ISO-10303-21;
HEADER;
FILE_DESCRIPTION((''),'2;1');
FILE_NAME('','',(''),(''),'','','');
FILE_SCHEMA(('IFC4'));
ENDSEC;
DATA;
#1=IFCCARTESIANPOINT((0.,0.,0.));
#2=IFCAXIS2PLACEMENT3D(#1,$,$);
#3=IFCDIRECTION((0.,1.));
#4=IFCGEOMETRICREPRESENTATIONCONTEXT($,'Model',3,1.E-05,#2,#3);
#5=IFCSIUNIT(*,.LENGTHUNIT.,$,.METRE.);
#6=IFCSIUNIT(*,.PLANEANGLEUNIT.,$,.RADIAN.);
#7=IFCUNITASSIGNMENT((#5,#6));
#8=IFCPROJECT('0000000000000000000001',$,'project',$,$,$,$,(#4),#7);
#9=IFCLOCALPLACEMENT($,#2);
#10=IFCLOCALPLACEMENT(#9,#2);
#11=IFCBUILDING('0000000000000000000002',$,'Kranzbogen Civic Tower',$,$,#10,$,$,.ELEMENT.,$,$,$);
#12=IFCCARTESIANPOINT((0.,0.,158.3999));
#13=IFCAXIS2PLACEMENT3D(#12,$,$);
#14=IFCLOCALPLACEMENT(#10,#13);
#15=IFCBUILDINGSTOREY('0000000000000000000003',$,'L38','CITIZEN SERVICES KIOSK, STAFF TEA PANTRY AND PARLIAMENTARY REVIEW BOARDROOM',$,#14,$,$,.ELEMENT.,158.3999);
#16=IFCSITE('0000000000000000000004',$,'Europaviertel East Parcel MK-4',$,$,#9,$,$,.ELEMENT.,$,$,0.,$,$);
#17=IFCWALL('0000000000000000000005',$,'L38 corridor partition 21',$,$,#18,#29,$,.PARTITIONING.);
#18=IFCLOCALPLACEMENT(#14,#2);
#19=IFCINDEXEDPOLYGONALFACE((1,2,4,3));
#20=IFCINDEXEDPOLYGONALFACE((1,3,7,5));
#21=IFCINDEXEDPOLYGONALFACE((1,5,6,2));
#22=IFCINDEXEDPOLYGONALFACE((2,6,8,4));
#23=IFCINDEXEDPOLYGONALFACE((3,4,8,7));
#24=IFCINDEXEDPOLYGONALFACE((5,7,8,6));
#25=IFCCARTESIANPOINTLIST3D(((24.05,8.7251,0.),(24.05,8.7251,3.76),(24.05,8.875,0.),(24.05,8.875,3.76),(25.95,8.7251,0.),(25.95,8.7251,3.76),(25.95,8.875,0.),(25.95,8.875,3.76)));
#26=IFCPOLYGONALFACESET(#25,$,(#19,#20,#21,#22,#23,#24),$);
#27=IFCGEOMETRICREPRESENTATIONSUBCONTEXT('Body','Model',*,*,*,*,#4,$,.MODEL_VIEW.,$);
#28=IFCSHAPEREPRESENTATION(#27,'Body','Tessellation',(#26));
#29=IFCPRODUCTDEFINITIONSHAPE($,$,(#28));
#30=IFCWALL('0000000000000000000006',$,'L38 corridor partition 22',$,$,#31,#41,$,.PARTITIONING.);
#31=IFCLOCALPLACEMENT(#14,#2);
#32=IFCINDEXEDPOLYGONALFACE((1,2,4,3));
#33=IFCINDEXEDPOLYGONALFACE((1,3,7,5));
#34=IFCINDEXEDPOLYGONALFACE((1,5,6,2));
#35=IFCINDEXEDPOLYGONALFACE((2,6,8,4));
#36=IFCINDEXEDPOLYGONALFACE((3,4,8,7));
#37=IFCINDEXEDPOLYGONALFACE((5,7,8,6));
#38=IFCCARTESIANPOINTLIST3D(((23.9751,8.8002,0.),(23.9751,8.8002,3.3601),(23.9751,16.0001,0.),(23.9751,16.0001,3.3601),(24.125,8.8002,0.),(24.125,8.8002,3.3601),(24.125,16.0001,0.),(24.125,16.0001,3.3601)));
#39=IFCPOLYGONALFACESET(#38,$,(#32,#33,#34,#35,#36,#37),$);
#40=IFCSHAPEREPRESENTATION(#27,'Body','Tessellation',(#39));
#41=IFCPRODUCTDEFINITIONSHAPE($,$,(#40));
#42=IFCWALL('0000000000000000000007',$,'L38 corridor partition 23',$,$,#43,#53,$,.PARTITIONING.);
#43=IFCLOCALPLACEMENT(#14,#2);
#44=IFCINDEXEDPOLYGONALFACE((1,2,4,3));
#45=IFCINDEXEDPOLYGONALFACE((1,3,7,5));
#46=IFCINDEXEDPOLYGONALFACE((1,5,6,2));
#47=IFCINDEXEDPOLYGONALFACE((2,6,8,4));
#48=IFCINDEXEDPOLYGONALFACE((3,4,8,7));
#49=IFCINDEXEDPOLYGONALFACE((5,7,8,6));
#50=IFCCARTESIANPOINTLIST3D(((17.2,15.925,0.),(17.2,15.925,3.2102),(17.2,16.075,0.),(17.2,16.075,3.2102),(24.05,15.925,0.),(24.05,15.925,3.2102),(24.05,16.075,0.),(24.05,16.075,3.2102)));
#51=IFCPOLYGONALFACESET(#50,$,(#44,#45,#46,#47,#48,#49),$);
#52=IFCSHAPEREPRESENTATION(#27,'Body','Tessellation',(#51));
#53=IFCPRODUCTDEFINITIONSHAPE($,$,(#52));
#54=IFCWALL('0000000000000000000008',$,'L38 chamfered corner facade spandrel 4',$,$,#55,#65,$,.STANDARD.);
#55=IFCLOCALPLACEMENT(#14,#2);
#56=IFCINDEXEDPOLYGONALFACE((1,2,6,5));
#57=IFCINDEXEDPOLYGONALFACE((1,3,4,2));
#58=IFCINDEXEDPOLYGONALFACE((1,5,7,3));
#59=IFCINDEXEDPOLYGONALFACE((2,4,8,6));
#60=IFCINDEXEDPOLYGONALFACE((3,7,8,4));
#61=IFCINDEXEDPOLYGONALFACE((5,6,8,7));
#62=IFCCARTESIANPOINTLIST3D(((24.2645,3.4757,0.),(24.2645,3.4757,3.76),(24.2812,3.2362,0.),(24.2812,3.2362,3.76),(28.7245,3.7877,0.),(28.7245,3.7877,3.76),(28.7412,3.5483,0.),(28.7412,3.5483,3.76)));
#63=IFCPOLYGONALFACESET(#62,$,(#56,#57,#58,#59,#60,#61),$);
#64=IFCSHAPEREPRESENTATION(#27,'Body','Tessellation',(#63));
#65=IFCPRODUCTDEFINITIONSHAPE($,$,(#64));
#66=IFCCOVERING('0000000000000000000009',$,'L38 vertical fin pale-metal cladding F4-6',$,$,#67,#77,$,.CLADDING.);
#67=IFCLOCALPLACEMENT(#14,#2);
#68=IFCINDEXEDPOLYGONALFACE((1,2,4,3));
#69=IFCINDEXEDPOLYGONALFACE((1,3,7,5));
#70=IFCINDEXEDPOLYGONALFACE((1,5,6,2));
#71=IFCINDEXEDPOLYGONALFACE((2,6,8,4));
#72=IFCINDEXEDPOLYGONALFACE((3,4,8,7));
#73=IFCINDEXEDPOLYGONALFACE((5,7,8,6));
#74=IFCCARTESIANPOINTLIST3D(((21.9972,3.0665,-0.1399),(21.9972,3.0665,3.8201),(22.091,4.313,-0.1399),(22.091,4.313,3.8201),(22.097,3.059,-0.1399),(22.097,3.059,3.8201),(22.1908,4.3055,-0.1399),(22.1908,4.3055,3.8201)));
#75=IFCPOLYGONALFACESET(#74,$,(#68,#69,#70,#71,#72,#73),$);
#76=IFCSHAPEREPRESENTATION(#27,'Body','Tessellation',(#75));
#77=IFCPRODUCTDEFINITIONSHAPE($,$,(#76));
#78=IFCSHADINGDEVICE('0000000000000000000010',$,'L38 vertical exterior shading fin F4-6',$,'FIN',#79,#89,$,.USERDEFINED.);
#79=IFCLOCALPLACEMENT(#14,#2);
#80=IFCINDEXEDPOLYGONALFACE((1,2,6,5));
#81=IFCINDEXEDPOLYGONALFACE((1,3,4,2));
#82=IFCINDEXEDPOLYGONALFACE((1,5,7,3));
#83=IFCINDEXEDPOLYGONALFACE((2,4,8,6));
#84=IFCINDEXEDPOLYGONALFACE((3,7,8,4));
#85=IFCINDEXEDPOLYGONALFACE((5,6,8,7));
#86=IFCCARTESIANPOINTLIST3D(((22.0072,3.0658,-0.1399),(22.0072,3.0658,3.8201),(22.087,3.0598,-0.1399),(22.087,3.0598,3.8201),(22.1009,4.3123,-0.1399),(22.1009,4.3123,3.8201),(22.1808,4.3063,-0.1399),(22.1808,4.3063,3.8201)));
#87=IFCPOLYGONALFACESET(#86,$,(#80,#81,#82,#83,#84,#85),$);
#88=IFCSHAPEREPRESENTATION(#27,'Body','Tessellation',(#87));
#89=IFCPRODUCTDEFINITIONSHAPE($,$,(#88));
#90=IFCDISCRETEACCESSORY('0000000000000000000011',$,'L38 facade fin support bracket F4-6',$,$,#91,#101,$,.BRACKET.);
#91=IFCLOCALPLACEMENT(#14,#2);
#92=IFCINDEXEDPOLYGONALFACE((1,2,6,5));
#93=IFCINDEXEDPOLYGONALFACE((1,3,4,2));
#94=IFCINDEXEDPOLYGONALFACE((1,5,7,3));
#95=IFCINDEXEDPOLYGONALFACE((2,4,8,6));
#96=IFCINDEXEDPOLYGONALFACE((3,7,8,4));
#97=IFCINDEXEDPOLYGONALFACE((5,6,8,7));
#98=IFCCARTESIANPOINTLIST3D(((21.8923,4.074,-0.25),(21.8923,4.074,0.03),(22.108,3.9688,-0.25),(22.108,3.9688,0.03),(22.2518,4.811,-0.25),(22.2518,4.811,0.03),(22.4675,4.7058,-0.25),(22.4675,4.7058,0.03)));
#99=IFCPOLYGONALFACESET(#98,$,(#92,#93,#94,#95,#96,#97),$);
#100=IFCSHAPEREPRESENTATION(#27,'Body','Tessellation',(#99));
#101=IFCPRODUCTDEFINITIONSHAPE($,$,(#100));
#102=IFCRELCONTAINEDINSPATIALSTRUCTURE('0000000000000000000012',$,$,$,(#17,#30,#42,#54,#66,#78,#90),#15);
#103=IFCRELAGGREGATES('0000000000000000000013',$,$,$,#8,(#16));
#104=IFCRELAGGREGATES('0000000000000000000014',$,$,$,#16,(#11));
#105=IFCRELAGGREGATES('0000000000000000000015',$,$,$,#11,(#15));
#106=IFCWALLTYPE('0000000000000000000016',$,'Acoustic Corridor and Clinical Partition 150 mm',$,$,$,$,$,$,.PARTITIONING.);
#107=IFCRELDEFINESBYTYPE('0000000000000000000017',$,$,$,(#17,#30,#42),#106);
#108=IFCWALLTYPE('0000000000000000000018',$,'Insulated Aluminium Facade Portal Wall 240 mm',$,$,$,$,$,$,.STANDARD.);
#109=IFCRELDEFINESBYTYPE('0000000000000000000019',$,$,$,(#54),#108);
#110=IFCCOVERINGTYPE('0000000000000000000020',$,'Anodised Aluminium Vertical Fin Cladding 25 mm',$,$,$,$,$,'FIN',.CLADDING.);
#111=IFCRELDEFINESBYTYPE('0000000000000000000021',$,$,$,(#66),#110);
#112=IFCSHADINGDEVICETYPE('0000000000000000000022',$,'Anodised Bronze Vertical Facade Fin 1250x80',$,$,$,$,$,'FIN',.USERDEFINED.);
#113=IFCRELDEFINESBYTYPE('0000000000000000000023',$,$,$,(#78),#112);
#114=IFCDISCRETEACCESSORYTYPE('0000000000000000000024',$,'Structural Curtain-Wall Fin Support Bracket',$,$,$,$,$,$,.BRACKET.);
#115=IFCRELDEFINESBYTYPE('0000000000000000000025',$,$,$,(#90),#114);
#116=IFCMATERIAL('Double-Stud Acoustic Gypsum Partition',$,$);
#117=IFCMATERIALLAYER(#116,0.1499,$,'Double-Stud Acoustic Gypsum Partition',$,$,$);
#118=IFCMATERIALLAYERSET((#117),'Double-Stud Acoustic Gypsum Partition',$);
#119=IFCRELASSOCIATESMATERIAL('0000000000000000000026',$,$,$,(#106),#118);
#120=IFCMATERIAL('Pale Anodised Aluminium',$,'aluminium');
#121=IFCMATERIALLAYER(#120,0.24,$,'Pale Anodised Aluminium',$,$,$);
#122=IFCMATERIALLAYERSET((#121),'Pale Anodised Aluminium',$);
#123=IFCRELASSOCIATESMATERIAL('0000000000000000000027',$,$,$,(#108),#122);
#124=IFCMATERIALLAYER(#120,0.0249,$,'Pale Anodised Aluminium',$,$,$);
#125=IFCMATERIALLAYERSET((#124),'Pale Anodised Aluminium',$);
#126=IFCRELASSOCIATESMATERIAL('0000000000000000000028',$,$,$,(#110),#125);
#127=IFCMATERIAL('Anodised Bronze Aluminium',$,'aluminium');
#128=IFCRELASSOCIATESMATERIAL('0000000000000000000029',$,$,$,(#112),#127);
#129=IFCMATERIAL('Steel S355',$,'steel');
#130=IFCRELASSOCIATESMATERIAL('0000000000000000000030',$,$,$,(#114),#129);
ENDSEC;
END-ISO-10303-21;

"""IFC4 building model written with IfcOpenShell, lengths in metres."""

from ifc_helpers import new_model, si_unit, direction, frame, frame_2d, origin, origin_2d, place, context, subcontext, project, spatial, rectangle, extrude, material, layer, layer_set, type_object, element, save


model = new_model("IFC4")

# Units and contexts
model_context = context("Model", 3, precision=1e-05, world=origin(), true_north=direction((0.0, 1.0)))
body_context = subcontext(model_context, "Body", "Model", "MODEL_VIEW")
ifc_project = project(units=[si_unit("LENGTHUNIT", "METRE"), si_unit("PLANEANGLEUNIT", "RADIAN")], contexts=[model_context])

# Site, building, storey
site_placement = place(None, origin())
site = spatial("IfcSite", under=ifc_project, at=site_placement, Name="Europaviertel East Parcel MK-4", CompositionType="ELEMENT", RefElevation=0.0)
building_placement = place(site_placement, origin())
building = spatial("IfcBuilding", under=site, at=building_placement, Name="Kranzbogen Civic Tower", CompositionType="ELEMENT")
storey_placement = place(building_placement, frame((0.0, 0.0, 158.3999)))
storey = spatial("IfcBuildingStorey", under=building, at=storey_placement, Name="L38", Description="CITIZEN SERVICES KIOSK, STAFF TEA PANTRY AND PARLIAMENTARY REVIEW BOARDROOM", CompositionType="ELEMENT", Elevation=158.3999)

# Shared definitions
ifc_material_1 = material(Name="Steel S355", Category="steel")

# Shared definitions
ifc_material_2 = material(Name="Pale Anodised Aluminium", Category="aluminium")

# Walls
ifc_material_3 = material(Name="Double-Stud Acoustic Gypsum Partition")
ifc_layer_1 = layer(ifc_material_3, 0.1499, Name="Double-Stud Acoustic Gypsum Partition")
ifc_layer_set_1 = layer_set([ifc_layer_1], Name="Double-Stud Acoustic Gypsum Partition")
wall_type_1 = type_object("IfcWallType", Name="Acoustic Corridor and Clinical Partition 150 mm", PredefinedType="PARTITIONING", material=ifc_layer_set_1)
wall_1_placement = place(storey_placement, frame((25.95, 8.8, 0.0), z_axis=(0.0, 0.0, 1.0), x_axis=(-1.0, 0.0, 0.0)))
element("IfcWall", 1, at=wall_1_placement, inside=storey, type_object=wall_type_1, Name="L38 corridor partition 21", PredefinedType="PARTITIONING", context=body_context, shape_type="SweptSolid", body=[
    extrude(rectangle(XDim=1.8999, YDim=0.1499, at=frame_2d((0.95, 0.0))), origin(), (0.0, 0.0, 1.0), 3.76),
])
wall_2_placement = place(storey_placement, frame((24.05, 8.8, 0.0), z_axis=(0.0, 0.0, 1.0), x_axis=(0.0, 1.0, 0.0)))
element("IfcWall", 2, at=wall_2_placement, inside=storey, type_object=wall_type_1, Name="L38 corridor partition 22", PredefinedType="PARTITIONING", context=body_context, shape_type="SweptSolid", body=[
    extrude(rectangle(XDim=7.2, YDim=0.1499, at=frame_2d((3.6001, 0.0))), origin(), (0.0, 0.0, 1.0), 3.3601),
])
wall_3_placement = place(storey_placement, frame((24.05, 16.0, 0.0), z_axis=(0.0, 0.0, 1.0), x_axis=(-1.0, 0.0, 0.0)))
element("IfcWall", 3, at=wall_3_placement, inside=storey, type_object=wall_type_1, Name="L38 corridor partition 23", PredefinedType="PARTITIONING", context=body_context, shape_type="SweptSolid", body=[
    extrude(rectangle(XDim=6.8501, YDim=0.1499, at=frame_2d((3.425, 0.0))), origin(), (0.0, 0.0, 1.0), 3.2102),
])
ifc_layer_2 = layer(ifc_material_2, 0.24, Name="Pale Anodised Aluminium")
ifc_layer_set_2 = layer_set([ifc_layer_2], Name="Pale Anodised Aluminium")
wall_type_2 = type_object("IfcWallType", Name="Insulated Aluminium Facade Portal Wall 240 mm", PredefinedType="STANDARD", material=ifc_layer_set_2)
wall_4_placement = place(storey_placement, frame((24.2729, 3.356, 0.0), z_axis=(0.0, 0.0, 1.0), x_axis=(0.997562, 0.069788, 0.0)))
element("IfcWall", 4, at=wall_4_placement, inside=storey, type_object=wall_type_2, Name="L38 chamfered corner facade spandrel 4", PredefinedType="STANDARD", context=body_context, shape_type="SweptSolid", body=[
    extrude(rectangle(XDim=4.4709, YDim=0.24, at=frame_2d((2.2354, 0.0))), origin(), (0.0, 0.0, 1.0), 3.76),
])

# Covering
ifc_layer_3 = layer(ifc_material_2, 0.0249, Name="Pale Anodised Aluminium")
ifc_layer_set_3 = layer_set([ifc_layer_3], Name="Pale Anodised Aluminium")
covering_type = type_object("IfcCoveringType", Name="Anodised Aluminium Vertical Fin Cladding 25 mm", ElementType="FIN", PredefinedType="CLADDING", material=ifc_layer_set_3)
covering_placement = place(storey_placement, frame((22.094, 3.686, -0.1399), z_axis=(0.0, 0.0, 1.0), x_axis=(-0.074996, -0.997184, 0.0)))
element("IfcCovering", 5, at=covering_placement, inside=storey, type_object=covering_type, Name="L38 vertical fin pale-metal cladding F4-6", PredefinedType="CLADDING", context=body_context, shape_type="SweptSolid", body=[
    extrude(rectangle(XDim=1.25, YDim=0.1001, at=origin_2d()), origin(), (0.0, 0.0, 1.0), 3.96),
])

# Shading device
ifc_material_4 = material(Name="Anodised Bronze Aluminium", Category="aluminium")
shading_device_type = type_object("IfcShadingDeviceType", Name="Anodised Bronze Vertical Facade Fin 1250x80", ElementType="FIN", PredefinedType="USERDEFINED", material=ifc_material_4)
shading_device_placement = place(storey_placement, frame((22.094, 3.686, -0.1399), z_axis=(0.0, 0.0, 1.0), x_axis=(-0.074996, -0.997184, 0.0)))
element("IfcShadingDevice", 6, at=shading_device_placement, inside=storey, type_object=shading_device_type, Name="L38 vertical exterior shading fin F4-6", ObjectType="FIN", PredefinedType="USERDEFINED", context=body_context, shape_type="SweptSolid", body=[
    extrude(rectangle(XDim=1.25, YDim=0.0801, at=origin_2d()), origin(), (0.0, 0.0, 1.0), 3.96),
])

# Discrete accessory
discrete_accessory_type = type_object("IfcDiscreteAccessoryType", Name="Structural Curtain-Wall Fin Support Bracket", PredefinedType="BRACKET", material=ifc_material_1)
discrete_accessory_placement = place(storey_placement, frame((22.1799, 4.3899, -0.25), z_axis=(0.0, 0.0, 1.0), x_axis=(-0.438371, -0.898794, 0.0)))
element("IfcDiscreteAccessory", 7, at=discrete_accessory_placement, inside=storey, type_object=discrete_accessory_type, Name="L38 facade fin support bracket F4-6", PredefinedType="BRACKET", context=body_context, shape_type="SweptSolid", body=[
    extrude(rectangle(XDim=0.8201, YDim=0.24, at=origin_2d()), origin(), (0.0, 0.0, 1.0), 0.28),
])

save(model, "model.ifc")
